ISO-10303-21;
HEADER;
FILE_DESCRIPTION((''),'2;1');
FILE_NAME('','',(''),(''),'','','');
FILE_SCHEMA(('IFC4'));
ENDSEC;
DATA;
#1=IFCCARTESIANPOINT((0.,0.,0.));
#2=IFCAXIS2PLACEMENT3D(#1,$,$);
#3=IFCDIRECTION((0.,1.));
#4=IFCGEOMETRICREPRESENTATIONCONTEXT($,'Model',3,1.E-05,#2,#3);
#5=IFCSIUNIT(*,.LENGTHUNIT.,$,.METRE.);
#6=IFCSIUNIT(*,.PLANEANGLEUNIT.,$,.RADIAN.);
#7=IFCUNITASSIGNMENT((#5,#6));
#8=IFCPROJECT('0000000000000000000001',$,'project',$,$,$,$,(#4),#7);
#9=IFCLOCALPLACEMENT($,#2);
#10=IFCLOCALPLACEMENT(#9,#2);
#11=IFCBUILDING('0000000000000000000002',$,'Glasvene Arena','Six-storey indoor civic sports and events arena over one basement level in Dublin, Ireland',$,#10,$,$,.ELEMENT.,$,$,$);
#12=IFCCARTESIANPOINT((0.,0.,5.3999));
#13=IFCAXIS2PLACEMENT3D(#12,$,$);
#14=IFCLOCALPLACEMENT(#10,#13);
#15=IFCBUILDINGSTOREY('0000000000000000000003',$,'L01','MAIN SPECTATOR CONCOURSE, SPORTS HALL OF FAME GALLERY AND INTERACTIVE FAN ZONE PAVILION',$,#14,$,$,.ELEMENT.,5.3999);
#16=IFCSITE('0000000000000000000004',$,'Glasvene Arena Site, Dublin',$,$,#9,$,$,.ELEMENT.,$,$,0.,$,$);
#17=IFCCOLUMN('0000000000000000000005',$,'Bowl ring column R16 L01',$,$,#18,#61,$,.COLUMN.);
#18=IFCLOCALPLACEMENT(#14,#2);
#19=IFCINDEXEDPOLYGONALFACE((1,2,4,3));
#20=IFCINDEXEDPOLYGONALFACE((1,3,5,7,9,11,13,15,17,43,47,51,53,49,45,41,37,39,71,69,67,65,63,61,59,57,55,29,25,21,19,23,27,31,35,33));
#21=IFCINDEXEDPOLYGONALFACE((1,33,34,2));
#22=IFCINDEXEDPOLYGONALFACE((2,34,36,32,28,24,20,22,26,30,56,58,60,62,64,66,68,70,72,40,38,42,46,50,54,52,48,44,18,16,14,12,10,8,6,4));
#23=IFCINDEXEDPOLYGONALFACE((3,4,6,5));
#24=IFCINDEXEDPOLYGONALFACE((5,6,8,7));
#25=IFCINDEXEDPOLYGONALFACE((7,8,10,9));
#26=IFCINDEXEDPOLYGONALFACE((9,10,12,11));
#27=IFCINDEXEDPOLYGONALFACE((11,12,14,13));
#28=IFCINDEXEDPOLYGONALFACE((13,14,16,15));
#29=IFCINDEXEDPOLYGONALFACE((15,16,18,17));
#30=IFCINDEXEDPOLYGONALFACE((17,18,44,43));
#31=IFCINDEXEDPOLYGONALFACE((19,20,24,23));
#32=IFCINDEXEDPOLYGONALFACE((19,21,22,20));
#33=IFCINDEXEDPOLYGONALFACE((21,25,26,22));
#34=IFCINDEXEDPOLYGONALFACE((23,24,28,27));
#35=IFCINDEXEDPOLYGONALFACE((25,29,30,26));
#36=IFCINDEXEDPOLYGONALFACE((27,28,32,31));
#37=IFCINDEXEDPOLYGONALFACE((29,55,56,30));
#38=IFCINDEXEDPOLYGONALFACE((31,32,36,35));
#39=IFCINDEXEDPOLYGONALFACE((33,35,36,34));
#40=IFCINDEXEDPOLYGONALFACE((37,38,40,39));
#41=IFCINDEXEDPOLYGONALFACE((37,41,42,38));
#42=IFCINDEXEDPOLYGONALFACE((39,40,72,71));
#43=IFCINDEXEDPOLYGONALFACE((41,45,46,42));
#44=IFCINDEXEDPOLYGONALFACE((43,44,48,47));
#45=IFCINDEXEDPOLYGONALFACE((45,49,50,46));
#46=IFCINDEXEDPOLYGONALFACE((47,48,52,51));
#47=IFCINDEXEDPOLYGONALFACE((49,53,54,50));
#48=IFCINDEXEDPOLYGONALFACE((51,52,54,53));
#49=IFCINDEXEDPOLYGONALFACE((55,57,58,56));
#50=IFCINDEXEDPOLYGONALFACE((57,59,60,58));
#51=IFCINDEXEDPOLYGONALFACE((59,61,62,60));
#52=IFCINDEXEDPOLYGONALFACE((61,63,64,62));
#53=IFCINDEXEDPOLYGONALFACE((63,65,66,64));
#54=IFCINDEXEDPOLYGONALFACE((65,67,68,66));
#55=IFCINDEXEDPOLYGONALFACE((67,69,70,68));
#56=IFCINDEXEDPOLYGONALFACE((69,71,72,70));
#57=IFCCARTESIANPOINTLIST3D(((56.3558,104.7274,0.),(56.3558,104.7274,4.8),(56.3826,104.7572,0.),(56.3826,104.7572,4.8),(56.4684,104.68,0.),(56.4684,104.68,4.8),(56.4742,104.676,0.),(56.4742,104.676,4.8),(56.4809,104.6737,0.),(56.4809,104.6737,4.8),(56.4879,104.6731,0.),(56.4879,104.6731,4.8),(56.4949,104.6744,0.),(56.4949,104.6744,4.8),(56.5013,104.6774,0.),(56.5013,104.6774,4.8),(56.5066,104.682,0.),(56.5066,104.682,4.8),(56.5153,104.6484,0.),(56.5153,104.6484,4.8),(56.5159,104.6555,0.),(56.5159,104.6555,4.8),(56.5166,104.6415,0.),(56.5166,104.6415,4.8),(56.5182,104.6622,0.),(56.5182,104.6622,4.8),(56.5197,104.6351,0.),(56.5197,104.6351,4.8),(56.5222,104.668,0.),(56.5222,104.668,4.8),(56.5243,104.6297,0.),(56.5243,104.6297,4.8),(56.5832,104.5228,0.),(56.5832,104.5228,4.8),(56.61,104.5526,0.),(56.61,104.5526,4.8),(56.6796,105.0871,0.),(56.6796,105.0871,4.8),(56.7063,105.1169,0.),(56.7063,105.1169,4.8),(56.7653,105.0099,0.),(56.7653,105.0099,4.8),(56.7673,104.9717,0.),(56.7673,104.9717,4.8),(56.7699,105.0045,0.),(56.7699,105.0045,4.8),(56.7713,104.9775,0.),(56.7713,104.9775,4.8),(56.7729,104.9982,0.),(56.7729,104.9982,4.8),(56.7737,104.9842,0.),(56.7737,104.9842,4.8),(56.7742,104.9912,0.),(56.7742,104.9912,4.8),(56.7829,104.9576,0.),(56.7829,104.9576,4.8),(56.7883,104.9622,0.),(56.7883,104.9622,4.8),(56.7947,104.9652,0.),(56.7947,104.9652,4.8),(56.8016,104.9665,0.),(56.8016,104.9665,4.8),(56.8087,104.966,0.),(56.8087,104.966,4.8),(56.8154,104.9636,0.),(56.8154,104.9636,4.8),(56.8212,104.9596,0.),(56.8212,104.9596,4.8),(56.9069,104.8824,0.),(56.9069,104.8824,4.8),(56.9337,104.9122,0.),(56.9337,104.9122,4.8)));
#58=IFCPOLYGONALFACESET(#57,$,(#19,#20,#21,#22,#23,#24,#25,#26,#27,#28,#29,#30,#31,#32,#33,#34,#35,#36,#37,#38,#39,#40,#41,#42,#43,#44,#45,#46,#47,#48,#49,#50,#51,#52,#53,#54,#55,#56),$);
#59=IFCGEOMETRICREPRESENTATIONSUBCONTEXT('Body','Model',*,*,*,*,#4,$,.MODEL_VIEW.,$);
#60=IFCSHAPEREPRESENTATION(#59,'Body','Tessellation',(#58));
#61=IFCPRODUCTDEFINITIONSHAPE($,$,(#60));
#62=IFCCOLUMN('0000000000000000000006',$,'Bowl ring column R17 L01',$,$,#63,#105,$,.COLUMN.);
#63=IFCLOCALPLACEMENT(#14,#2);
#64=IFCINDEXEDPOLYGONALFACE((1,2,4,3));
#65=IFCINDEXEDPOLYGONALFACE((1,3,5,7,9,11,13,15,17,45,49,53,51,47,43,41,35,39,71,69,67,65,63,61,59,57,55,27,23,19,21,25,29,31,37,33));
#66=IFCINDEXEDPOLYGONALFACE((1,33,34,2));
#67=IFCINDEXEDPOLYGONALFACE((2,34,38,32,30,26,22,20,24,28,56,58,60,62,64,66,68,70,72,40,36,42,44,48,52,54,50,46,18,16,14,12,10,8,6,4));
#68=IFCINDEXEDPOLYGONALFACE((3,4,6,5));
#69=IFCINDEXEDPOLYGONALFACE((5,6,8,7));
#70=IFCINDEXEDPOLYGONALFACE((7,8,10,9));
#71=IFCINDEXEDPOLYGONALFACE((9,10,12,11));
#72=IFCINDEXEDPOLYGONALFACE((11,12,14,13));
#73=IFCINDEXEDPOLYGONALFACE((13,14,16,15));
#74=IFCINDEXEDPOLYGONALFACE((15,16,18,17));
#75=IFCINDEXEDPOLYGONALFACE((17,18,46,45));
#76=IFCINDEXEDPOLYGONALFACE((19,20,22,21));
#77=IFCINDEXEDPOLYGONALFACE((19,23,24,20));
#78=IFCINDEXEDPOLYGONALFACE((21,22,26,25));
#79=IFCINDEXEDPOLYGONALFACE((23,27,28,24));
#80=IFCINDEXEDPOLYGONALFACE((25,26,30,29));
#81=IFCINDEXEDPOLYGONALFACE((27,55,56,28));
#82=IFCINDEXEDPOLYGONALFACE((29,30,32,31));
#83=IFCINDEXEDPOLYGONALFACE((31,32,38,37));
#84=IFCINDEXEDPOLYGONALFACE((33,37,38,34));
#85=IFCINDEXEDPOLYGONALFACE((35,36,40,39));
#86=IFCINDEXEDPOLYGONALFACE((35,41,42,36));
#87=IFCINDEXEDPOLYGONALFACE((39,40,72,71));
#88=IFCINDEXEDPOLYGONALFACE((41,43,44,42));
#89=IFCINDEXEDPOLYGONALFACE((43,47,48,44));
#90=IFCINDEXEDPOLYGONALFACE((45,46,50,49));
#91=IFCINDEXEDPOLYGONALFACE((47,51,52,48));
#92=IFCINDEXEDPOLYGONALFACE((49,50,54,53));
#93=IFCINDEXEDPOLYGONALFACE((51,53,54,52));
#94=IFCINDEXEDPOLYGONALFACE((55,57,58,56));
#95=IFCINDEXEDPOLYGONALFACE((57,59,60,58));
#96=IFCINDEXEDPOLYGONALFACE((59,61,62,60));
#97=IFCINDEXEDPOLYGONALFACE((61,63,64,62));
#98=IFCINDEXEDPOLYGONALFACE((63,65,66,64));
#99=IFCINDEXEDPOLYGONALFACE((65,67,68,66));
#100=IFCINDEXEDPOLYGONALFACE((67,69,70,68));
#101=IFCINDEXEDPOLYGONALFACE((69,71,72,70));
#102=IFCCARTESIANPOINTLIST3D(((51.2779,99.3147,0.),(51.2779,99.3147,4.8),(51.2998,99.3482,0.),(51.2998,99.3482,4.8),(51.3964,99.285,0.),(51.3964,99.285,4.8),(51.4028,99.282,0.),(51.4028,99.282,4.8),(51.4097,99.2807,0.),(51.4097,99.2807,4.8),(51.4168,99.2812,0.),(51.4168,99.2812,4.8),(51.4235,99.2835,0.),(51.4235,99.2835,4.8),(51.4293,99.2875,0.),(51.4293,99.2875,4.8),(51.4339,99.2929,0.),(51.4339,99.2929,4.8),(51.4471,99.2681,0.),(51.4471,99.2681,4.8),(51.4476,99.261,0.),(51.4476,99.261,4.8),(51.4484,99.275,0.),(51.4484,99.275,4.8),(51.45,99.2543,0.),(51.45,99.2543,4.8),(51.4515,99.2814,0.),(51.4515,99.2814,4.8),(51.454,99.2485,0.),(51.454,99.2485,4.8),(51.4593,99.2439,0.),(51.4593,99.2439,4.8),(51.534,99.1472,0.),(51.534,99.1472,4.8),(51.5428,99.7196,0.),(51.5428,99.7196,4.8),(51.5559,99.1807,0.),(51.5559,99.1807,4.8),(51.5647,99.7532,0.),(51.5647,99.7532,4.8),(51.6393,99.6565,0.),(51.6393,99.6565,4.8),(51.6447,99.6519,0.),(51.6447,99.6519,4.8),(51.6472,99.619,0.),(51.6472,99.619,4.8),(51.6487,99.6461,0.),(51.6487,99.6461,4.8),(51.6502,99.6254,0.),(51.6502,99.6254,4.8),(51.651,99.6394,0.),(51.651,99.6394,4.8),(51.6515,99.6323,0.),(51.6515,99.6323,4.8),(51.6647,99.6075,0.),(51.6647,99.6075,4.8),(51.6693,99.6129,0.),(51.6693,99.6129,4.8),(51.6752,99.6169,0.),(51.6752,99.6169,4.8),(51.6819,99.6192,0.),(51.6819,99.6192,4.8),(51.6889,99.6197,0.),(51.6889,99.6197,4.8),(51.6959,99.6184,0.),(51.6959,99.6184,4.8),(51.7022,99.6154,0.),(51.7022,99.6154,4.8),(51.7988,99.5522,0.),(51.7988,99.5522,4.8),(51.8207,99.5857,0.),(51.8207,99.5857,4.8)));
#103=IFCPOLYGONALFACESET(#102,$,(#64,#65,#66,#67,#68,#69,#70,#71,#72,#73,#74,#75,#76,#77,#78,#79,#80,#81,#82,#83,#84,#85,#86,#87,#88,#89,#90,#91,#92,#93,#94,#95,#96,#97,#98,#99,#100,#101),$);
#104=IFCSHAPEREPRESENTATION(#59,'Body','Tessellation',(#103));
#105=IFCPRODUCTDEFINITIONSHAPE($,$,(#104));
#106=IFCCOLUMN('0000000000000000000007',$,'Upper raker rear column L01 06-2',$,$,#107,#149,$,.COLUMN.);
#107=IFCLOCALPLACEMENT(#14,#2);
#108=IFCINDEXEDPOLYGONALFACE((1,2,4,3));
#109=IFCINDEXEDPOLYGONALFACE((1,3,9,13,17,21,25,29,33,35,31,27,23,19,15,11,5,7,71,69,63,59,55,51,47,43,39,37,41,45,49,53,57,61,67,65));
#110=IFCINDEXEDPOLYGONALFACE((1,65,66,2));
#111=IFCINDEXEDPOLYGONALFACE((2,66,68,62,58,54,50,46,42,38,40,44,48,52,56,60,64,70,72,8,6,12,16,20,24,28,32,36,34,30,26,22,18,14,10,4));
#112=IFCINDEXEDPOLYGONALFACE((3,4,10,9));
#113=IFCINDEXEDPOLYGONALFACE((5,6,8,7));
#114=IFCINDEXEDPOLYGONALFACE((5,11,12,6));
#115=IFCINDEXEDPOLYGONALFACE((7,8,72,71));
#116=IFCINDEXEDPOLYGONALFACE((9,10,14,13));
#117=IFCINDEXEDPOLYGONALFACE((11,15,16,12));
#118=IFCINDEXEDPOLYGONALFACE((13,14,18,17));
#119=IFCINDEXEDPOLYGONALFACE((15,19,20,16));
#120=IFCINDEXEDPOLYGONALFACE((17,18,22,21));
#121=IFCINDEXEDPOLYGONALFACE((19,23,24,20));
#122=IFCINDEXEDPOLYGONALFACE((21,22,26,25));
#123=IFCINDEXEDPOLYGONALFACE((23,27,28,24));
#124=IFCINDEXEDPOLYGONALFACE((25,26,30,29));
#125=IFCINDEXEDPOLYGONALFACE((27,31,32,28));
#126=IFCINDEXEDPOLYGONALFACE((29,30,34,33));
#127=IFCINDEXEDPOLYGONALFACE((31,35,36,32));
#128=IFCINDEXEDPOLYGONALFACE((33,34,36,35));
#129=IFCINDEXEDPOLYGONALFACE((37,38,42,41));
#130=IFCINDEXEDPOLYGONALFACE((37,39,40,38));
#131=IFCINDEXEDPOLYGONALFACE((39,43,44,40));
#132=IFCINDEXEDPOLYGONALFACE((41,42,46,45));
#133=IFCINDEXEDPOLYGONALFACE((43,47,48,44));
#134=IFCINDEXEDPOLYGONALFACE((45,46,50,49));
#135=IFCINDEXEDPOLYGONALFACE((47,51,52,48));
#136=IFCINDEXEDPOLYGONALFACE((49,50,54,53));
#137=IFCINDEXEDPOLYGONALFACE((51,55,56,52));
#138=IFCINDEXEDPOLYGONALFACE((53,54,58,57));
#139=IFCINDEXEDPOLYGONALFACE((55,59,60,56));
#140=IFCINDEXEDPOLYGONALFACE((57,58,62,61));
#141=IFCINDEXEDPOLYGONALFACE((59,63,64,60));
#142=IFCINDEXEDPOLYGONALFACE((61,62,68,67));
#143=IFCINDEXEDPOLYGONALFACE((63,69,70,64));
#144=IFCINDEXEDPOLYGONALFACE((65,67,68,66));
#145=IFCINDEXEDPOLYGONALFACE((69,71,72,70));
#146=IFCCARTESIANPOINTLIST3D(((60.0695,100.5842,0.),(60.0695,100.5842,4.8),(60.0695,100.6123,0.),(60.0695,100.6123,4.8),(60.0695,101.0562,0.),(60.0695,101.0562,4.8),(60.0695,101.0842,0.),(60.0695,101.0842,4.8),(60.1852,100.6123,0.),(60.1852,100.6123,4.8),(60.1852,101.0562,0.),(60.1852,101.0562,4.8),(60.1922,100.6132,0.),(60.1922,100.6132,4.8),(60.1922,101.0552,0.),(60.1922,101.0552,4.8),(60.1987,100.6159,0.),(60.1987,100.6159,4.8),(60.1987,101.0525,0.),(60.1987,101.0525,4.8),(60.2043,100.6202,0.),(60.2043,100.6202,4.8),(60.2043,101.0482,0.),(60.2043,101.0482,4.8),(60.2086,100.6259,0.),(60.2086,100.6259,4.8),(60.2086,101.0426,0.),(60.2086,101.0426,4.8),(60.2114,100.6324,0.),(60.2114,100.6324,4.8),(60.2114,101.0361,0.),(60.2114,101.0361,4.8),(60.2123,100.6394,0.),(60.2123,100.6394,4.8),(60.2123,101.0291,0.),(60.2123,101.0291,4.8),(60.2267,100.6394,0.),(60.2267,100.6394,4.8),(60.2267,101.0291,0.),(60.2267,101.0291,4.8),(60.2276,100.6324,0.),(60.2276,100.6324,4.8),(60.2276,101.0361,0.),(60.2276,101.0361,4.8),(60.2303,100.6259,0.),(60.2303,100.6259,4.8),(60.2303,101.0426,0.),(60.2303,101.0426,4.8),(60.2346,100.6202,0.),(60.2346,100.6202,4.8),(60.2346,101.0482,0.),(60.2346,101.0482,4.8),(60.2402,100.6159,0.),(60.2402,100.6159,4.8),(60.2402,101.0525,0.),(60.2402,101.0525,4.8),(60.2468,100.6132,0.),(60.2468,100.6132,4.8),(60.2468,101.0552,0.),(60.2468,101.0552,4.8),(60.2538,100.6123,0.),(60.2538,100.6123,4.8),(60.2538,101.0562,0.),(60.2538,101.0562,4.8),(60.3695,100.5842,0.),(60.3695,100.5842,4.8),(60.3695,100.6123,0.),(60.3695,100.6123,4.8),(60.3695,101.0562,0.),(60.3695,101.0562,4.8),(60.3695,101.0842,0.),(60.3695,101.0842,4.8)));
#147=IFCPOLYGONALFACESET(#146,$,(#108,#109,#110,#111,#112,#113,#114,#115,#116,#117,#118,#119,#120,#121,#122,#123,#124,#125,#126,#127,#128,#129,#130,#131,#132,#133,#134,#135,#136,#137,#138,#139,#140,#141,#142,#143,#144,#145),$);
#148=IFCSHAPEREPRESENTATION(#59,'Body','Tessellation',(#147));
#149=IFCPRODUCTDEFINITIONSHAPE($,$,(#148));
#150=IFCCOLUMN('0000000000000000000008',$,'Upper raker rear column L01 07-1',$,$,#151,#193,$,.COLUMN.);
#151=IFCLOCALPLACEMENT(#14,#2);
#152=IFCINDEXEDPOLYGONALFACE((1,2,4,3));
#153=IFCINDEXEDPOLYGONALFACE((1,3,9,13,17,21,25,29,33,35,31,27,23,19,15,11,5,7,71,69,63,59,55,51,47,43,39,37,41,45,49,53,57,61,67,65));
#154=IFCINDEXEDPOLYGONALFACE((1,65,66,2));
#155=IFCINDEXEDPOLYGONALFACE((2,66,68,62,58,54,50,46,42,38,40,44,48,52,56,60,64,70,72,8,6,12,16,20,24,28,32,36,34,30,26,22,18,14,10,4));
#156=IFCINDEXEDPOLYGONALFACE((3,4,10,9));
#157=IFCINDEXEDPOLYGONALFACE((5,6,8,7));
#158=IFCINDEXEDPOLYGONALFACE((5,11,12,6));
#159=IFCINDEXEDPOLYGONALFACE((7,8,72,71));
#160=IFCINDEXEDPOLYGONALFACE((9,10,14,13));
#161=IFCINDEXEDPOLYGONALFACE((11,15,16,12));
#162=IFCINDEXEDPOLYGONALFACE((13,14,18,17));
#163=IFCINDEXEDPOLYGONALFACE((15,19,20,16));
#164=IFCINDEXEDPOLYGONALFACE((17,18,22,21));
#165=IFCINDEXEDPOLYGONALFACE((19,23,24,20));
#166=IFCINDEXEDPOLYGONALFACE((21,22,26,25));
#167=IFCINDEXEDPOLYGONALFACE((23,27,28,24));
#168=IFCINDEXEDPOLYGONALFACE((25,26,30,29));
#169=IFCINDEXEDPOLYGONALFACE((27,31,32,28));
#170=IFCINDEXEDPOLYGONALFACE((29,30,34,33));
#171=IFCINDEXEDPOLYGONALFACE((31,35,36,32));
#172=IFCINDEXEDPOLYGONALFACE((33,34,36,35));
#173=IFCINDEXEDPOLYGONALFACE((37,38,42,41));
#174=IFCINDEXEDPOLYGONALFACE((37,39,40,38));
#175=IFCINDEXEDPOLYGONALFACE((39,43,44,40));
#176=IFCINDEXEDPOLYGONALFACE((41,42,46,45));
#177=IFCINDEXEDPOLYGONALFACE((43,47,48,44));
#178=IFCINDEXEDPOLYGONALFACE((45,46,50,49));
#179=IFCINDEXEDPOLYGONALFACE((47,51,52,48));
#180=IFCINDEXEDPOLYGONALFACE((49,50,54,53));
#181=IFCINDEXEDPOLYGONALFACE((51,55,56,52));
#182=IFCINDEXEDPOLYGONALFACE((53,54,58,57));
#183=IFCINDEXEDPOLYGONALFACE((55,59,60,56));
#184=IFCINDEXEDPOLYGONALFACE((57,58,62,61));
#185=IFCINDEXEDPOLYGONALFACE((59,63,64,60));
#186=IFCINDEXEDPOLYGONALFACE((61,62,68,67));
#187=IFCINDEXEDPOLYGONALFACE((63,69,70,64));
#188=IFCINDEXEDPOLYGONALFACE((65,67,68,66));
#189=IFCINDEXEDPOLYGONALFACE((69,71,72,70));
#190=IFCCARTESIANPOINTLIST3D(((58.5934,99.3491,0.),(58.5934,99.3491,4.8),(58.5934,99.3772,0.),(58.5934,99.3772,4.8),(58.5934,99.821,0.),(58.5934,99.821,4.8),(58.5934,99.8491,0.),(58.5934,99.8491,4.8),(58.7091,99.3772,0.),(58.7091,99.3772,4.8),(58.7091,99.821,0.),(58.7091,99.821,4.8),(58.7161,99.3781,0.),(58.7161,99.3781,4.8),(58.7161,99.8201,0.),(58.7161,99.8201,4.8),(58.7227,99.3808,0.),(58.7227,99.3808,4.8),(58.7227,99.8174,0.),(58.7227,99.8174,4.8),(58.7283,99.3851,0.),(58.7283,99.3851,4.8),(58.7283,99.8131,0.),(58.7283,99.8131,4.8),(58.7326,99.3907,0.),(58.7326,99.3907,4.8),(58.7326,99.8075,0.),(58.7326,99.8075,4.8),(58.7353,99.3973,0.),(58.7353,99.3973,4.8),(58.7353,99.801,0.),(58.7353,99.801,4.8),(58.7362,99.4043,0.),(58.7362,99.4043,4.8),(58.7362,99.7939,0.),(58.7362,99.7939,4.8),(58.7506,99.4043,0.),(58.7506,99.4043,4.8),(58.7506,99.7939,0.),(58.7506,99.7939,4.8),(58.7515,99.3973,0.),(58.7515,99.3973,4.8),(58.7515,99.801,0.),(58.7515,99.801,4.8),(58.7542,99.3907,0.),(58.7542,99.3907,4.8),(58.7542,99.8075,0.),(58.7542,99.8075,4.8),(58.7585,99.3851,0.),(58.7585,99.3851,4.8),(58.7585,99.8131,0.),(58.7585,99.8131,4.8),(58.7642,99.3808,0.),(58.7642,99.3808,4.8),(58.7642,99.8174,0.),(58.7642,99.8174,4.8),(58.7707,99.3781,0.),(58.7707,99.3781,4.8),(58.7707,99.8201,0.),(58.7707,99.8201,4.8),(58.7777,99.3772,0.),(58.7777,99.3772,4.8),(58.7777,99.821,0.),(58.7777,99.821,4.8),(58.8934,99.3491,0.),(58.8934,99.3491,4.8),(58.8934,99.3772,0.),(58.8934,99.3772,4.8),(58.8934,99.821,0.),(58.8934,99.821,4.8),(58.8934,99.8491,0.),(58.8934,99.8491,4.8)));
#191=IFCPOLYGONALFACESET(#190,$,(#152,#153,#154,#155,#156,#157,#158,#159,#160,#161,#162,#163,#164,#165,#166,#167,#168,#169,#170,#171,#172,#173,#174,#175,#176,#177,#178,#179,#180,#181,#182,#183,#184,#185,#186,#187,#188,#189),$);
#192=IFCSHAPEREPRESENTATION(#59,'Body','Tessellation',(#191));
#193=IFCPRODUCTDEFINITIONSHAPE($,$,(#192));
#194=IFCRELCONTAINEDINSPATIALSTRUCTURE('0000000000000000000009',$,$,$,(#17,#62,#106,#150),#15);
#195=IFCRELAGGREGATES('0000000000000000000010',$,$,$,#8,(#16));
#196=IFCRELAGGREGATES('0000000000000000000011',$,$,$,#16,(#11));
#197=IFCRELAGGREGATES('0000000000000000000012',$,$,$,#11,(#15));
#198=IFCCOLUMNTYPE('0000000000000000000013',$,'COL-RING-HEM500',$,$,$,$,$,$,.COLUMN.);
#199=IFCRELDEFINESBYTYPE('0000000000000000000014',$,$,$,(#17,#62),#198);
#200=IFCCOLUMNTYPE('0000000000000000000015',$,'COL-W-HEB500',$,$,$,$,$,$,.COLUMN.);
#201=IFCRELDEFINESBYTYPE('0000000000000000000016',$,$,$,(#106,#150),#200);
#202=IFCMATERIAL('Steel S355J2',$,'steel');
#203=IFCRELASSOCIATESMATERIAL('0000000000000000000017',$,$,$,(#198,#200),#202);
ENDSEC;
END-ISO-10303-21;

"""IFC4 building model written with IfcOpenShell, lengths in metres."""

from ifc_helpers import new_model, si_unit, direction, frame, origin, origin_2d, place, context, subcontext, project, spatial, i_section, extrude, material, material_profile, profile_set, type_object, element, save


model = new_model("IFC4")

# Units and contexts
model_context = context("Model", 3, precision=1e-05, world=origin(), true_north=direction((0.0, 1.0)))
body_context = subcontext(model_context, "Body", "Model", "MODEL_VIEW")
ifc_project = project(units=[si_unit("LENGTHUNIT", "METRE"), si_unit("PLANEANGLEUNIT", "RADIAN")], contexts=[model_context])

# Site, building, storey
site_placement = place(None, origin())
site = spatial("IfcSite", under=ifc_project, at=site_placement, Name="Glasvene Arena Site, Dublin", CompositionType="ELEMENT", RefElevation=0.0)
building_placement = place(site_placement, origin())
building = spatial("IfcBuilding", under=site, at=building_placement, Name="Glasvene Arena", Description="Six-storey indoor civic sports and events arena over one basement level in Dublin, Ireland", CompositionType="ELEMENT")
storey_placement = place(building_placement, frame((0.0, 0.0, 5.3999)))
storey = spatial("IfcBuildingStorey", under=building, at=storey_placement, Name="L01", Description="MAIN SPECTATOR CONCOURSE, SPORTS HALL OF FAME GALLERY AND INTERACTIVE FAN ZONE PAVILION", CompositionType="ELEMENT", Elevation=5.3999)

# Columns
ifc_material_1 = material(Name="Steel S355J2", Category="steel")
ifc_material_profile_1 = material_profile(ifc_material_1, i_section(OverallWidth=0.3059, OverallDepth=0.5239, WebThickness=0.021, FlangeThickness=0.04, FilletRadius=0.0271, at=origin_2d()), Name="HEM 500")
ifc_profile_set_1 = profile_set([ifc_material_profile_1], Name="Steel S355J2")
column_type_1 = type_object("IfcColumnType", Name="COL-RING-HEM500", PredefinedType="COLUMN", material=ifc_profile_set_1)
for number, where, z_axis, x_axis, name in (
    (1, (56.6448, 104.8198, 0.0), (0.0, 0.0, 1.0), (-0.743262, 0.669001, 0.0), "Bowl ring column R16 L01"),
    (2, (51.5493, 99.4502, 0.0), (0.0, 0.0, 1.0), (-0.836955, 0.547271, 0.0), "Bowl ring column R17 L01"),
):
    element("IfcColumn", number, at=place(storey_placement, frame(where, z_axis=z_axis, x_axis=x_axis)), inside=storey, type_object=column_type_1, Name=name, PredefinedType="COLUMN", context=body_context, shape_type="SweptSolid", body=[
        extrude(i_section(OverallWidth=0.3059, OverallDepth=0.5239, WebThickness=0.021, FlangeThickness=0.04, FilletRadius=0.0271, at=origin_2d()), origin(), (0.0, 0.0, 1.0), 4.8),
    ])
ifc_material_profile_2 = material_profile(ifc_material_1, i_section(OverallWidth=0.3, OverallDepth=0.5, WebThickness=0.0144, FlangeThickness=0.0281, FilletRadius=0.0271, at=origin_2d()), Name="HEB 500")
ifc_profile_set_2 = profile_set([ifc_material_profile_2], Name="Steel S355J2")
column_type_2 = type_object("IfcColumnType", Name="COL-W-HEB500", PredefinedType="COLUMN", material=ifc_profile_set_2)
for number, where, z_axis, x_axis, name in (
    (3, (60.2195, 100.8342, 0.0), (0.0, 0.0, 1.0), (1.0, 0.0, 0.0), "Upper raker rear column L01 06-2"),
    (4, (58.7434, 99.5991, 0.0), (0.0, 0.0, 1.0), (1.0, 0.0, 0.0), "Upper raker rear column L01 07-1"),
):
    element("IfcColumn", number, at=place(storey_placement, frame(where, z_axis=z_axis, x_axis=x_axis)), inside=storey, type_object=column_type_2, Name=name, PredefinedType="COLUMN", context=body_context, shape_type="SweptSolid", body=[
        extrude(i_section(OverallWidth=0.3, OverallDepth=0.5, WebThickness=0.0144, FlangeThickness=0.0281, FilletRadius=0.0271, at=origin_2d()), origin(), (0.0, 0.0, 1.0), 4.8),
    ])

save(model, "model.ifc")
